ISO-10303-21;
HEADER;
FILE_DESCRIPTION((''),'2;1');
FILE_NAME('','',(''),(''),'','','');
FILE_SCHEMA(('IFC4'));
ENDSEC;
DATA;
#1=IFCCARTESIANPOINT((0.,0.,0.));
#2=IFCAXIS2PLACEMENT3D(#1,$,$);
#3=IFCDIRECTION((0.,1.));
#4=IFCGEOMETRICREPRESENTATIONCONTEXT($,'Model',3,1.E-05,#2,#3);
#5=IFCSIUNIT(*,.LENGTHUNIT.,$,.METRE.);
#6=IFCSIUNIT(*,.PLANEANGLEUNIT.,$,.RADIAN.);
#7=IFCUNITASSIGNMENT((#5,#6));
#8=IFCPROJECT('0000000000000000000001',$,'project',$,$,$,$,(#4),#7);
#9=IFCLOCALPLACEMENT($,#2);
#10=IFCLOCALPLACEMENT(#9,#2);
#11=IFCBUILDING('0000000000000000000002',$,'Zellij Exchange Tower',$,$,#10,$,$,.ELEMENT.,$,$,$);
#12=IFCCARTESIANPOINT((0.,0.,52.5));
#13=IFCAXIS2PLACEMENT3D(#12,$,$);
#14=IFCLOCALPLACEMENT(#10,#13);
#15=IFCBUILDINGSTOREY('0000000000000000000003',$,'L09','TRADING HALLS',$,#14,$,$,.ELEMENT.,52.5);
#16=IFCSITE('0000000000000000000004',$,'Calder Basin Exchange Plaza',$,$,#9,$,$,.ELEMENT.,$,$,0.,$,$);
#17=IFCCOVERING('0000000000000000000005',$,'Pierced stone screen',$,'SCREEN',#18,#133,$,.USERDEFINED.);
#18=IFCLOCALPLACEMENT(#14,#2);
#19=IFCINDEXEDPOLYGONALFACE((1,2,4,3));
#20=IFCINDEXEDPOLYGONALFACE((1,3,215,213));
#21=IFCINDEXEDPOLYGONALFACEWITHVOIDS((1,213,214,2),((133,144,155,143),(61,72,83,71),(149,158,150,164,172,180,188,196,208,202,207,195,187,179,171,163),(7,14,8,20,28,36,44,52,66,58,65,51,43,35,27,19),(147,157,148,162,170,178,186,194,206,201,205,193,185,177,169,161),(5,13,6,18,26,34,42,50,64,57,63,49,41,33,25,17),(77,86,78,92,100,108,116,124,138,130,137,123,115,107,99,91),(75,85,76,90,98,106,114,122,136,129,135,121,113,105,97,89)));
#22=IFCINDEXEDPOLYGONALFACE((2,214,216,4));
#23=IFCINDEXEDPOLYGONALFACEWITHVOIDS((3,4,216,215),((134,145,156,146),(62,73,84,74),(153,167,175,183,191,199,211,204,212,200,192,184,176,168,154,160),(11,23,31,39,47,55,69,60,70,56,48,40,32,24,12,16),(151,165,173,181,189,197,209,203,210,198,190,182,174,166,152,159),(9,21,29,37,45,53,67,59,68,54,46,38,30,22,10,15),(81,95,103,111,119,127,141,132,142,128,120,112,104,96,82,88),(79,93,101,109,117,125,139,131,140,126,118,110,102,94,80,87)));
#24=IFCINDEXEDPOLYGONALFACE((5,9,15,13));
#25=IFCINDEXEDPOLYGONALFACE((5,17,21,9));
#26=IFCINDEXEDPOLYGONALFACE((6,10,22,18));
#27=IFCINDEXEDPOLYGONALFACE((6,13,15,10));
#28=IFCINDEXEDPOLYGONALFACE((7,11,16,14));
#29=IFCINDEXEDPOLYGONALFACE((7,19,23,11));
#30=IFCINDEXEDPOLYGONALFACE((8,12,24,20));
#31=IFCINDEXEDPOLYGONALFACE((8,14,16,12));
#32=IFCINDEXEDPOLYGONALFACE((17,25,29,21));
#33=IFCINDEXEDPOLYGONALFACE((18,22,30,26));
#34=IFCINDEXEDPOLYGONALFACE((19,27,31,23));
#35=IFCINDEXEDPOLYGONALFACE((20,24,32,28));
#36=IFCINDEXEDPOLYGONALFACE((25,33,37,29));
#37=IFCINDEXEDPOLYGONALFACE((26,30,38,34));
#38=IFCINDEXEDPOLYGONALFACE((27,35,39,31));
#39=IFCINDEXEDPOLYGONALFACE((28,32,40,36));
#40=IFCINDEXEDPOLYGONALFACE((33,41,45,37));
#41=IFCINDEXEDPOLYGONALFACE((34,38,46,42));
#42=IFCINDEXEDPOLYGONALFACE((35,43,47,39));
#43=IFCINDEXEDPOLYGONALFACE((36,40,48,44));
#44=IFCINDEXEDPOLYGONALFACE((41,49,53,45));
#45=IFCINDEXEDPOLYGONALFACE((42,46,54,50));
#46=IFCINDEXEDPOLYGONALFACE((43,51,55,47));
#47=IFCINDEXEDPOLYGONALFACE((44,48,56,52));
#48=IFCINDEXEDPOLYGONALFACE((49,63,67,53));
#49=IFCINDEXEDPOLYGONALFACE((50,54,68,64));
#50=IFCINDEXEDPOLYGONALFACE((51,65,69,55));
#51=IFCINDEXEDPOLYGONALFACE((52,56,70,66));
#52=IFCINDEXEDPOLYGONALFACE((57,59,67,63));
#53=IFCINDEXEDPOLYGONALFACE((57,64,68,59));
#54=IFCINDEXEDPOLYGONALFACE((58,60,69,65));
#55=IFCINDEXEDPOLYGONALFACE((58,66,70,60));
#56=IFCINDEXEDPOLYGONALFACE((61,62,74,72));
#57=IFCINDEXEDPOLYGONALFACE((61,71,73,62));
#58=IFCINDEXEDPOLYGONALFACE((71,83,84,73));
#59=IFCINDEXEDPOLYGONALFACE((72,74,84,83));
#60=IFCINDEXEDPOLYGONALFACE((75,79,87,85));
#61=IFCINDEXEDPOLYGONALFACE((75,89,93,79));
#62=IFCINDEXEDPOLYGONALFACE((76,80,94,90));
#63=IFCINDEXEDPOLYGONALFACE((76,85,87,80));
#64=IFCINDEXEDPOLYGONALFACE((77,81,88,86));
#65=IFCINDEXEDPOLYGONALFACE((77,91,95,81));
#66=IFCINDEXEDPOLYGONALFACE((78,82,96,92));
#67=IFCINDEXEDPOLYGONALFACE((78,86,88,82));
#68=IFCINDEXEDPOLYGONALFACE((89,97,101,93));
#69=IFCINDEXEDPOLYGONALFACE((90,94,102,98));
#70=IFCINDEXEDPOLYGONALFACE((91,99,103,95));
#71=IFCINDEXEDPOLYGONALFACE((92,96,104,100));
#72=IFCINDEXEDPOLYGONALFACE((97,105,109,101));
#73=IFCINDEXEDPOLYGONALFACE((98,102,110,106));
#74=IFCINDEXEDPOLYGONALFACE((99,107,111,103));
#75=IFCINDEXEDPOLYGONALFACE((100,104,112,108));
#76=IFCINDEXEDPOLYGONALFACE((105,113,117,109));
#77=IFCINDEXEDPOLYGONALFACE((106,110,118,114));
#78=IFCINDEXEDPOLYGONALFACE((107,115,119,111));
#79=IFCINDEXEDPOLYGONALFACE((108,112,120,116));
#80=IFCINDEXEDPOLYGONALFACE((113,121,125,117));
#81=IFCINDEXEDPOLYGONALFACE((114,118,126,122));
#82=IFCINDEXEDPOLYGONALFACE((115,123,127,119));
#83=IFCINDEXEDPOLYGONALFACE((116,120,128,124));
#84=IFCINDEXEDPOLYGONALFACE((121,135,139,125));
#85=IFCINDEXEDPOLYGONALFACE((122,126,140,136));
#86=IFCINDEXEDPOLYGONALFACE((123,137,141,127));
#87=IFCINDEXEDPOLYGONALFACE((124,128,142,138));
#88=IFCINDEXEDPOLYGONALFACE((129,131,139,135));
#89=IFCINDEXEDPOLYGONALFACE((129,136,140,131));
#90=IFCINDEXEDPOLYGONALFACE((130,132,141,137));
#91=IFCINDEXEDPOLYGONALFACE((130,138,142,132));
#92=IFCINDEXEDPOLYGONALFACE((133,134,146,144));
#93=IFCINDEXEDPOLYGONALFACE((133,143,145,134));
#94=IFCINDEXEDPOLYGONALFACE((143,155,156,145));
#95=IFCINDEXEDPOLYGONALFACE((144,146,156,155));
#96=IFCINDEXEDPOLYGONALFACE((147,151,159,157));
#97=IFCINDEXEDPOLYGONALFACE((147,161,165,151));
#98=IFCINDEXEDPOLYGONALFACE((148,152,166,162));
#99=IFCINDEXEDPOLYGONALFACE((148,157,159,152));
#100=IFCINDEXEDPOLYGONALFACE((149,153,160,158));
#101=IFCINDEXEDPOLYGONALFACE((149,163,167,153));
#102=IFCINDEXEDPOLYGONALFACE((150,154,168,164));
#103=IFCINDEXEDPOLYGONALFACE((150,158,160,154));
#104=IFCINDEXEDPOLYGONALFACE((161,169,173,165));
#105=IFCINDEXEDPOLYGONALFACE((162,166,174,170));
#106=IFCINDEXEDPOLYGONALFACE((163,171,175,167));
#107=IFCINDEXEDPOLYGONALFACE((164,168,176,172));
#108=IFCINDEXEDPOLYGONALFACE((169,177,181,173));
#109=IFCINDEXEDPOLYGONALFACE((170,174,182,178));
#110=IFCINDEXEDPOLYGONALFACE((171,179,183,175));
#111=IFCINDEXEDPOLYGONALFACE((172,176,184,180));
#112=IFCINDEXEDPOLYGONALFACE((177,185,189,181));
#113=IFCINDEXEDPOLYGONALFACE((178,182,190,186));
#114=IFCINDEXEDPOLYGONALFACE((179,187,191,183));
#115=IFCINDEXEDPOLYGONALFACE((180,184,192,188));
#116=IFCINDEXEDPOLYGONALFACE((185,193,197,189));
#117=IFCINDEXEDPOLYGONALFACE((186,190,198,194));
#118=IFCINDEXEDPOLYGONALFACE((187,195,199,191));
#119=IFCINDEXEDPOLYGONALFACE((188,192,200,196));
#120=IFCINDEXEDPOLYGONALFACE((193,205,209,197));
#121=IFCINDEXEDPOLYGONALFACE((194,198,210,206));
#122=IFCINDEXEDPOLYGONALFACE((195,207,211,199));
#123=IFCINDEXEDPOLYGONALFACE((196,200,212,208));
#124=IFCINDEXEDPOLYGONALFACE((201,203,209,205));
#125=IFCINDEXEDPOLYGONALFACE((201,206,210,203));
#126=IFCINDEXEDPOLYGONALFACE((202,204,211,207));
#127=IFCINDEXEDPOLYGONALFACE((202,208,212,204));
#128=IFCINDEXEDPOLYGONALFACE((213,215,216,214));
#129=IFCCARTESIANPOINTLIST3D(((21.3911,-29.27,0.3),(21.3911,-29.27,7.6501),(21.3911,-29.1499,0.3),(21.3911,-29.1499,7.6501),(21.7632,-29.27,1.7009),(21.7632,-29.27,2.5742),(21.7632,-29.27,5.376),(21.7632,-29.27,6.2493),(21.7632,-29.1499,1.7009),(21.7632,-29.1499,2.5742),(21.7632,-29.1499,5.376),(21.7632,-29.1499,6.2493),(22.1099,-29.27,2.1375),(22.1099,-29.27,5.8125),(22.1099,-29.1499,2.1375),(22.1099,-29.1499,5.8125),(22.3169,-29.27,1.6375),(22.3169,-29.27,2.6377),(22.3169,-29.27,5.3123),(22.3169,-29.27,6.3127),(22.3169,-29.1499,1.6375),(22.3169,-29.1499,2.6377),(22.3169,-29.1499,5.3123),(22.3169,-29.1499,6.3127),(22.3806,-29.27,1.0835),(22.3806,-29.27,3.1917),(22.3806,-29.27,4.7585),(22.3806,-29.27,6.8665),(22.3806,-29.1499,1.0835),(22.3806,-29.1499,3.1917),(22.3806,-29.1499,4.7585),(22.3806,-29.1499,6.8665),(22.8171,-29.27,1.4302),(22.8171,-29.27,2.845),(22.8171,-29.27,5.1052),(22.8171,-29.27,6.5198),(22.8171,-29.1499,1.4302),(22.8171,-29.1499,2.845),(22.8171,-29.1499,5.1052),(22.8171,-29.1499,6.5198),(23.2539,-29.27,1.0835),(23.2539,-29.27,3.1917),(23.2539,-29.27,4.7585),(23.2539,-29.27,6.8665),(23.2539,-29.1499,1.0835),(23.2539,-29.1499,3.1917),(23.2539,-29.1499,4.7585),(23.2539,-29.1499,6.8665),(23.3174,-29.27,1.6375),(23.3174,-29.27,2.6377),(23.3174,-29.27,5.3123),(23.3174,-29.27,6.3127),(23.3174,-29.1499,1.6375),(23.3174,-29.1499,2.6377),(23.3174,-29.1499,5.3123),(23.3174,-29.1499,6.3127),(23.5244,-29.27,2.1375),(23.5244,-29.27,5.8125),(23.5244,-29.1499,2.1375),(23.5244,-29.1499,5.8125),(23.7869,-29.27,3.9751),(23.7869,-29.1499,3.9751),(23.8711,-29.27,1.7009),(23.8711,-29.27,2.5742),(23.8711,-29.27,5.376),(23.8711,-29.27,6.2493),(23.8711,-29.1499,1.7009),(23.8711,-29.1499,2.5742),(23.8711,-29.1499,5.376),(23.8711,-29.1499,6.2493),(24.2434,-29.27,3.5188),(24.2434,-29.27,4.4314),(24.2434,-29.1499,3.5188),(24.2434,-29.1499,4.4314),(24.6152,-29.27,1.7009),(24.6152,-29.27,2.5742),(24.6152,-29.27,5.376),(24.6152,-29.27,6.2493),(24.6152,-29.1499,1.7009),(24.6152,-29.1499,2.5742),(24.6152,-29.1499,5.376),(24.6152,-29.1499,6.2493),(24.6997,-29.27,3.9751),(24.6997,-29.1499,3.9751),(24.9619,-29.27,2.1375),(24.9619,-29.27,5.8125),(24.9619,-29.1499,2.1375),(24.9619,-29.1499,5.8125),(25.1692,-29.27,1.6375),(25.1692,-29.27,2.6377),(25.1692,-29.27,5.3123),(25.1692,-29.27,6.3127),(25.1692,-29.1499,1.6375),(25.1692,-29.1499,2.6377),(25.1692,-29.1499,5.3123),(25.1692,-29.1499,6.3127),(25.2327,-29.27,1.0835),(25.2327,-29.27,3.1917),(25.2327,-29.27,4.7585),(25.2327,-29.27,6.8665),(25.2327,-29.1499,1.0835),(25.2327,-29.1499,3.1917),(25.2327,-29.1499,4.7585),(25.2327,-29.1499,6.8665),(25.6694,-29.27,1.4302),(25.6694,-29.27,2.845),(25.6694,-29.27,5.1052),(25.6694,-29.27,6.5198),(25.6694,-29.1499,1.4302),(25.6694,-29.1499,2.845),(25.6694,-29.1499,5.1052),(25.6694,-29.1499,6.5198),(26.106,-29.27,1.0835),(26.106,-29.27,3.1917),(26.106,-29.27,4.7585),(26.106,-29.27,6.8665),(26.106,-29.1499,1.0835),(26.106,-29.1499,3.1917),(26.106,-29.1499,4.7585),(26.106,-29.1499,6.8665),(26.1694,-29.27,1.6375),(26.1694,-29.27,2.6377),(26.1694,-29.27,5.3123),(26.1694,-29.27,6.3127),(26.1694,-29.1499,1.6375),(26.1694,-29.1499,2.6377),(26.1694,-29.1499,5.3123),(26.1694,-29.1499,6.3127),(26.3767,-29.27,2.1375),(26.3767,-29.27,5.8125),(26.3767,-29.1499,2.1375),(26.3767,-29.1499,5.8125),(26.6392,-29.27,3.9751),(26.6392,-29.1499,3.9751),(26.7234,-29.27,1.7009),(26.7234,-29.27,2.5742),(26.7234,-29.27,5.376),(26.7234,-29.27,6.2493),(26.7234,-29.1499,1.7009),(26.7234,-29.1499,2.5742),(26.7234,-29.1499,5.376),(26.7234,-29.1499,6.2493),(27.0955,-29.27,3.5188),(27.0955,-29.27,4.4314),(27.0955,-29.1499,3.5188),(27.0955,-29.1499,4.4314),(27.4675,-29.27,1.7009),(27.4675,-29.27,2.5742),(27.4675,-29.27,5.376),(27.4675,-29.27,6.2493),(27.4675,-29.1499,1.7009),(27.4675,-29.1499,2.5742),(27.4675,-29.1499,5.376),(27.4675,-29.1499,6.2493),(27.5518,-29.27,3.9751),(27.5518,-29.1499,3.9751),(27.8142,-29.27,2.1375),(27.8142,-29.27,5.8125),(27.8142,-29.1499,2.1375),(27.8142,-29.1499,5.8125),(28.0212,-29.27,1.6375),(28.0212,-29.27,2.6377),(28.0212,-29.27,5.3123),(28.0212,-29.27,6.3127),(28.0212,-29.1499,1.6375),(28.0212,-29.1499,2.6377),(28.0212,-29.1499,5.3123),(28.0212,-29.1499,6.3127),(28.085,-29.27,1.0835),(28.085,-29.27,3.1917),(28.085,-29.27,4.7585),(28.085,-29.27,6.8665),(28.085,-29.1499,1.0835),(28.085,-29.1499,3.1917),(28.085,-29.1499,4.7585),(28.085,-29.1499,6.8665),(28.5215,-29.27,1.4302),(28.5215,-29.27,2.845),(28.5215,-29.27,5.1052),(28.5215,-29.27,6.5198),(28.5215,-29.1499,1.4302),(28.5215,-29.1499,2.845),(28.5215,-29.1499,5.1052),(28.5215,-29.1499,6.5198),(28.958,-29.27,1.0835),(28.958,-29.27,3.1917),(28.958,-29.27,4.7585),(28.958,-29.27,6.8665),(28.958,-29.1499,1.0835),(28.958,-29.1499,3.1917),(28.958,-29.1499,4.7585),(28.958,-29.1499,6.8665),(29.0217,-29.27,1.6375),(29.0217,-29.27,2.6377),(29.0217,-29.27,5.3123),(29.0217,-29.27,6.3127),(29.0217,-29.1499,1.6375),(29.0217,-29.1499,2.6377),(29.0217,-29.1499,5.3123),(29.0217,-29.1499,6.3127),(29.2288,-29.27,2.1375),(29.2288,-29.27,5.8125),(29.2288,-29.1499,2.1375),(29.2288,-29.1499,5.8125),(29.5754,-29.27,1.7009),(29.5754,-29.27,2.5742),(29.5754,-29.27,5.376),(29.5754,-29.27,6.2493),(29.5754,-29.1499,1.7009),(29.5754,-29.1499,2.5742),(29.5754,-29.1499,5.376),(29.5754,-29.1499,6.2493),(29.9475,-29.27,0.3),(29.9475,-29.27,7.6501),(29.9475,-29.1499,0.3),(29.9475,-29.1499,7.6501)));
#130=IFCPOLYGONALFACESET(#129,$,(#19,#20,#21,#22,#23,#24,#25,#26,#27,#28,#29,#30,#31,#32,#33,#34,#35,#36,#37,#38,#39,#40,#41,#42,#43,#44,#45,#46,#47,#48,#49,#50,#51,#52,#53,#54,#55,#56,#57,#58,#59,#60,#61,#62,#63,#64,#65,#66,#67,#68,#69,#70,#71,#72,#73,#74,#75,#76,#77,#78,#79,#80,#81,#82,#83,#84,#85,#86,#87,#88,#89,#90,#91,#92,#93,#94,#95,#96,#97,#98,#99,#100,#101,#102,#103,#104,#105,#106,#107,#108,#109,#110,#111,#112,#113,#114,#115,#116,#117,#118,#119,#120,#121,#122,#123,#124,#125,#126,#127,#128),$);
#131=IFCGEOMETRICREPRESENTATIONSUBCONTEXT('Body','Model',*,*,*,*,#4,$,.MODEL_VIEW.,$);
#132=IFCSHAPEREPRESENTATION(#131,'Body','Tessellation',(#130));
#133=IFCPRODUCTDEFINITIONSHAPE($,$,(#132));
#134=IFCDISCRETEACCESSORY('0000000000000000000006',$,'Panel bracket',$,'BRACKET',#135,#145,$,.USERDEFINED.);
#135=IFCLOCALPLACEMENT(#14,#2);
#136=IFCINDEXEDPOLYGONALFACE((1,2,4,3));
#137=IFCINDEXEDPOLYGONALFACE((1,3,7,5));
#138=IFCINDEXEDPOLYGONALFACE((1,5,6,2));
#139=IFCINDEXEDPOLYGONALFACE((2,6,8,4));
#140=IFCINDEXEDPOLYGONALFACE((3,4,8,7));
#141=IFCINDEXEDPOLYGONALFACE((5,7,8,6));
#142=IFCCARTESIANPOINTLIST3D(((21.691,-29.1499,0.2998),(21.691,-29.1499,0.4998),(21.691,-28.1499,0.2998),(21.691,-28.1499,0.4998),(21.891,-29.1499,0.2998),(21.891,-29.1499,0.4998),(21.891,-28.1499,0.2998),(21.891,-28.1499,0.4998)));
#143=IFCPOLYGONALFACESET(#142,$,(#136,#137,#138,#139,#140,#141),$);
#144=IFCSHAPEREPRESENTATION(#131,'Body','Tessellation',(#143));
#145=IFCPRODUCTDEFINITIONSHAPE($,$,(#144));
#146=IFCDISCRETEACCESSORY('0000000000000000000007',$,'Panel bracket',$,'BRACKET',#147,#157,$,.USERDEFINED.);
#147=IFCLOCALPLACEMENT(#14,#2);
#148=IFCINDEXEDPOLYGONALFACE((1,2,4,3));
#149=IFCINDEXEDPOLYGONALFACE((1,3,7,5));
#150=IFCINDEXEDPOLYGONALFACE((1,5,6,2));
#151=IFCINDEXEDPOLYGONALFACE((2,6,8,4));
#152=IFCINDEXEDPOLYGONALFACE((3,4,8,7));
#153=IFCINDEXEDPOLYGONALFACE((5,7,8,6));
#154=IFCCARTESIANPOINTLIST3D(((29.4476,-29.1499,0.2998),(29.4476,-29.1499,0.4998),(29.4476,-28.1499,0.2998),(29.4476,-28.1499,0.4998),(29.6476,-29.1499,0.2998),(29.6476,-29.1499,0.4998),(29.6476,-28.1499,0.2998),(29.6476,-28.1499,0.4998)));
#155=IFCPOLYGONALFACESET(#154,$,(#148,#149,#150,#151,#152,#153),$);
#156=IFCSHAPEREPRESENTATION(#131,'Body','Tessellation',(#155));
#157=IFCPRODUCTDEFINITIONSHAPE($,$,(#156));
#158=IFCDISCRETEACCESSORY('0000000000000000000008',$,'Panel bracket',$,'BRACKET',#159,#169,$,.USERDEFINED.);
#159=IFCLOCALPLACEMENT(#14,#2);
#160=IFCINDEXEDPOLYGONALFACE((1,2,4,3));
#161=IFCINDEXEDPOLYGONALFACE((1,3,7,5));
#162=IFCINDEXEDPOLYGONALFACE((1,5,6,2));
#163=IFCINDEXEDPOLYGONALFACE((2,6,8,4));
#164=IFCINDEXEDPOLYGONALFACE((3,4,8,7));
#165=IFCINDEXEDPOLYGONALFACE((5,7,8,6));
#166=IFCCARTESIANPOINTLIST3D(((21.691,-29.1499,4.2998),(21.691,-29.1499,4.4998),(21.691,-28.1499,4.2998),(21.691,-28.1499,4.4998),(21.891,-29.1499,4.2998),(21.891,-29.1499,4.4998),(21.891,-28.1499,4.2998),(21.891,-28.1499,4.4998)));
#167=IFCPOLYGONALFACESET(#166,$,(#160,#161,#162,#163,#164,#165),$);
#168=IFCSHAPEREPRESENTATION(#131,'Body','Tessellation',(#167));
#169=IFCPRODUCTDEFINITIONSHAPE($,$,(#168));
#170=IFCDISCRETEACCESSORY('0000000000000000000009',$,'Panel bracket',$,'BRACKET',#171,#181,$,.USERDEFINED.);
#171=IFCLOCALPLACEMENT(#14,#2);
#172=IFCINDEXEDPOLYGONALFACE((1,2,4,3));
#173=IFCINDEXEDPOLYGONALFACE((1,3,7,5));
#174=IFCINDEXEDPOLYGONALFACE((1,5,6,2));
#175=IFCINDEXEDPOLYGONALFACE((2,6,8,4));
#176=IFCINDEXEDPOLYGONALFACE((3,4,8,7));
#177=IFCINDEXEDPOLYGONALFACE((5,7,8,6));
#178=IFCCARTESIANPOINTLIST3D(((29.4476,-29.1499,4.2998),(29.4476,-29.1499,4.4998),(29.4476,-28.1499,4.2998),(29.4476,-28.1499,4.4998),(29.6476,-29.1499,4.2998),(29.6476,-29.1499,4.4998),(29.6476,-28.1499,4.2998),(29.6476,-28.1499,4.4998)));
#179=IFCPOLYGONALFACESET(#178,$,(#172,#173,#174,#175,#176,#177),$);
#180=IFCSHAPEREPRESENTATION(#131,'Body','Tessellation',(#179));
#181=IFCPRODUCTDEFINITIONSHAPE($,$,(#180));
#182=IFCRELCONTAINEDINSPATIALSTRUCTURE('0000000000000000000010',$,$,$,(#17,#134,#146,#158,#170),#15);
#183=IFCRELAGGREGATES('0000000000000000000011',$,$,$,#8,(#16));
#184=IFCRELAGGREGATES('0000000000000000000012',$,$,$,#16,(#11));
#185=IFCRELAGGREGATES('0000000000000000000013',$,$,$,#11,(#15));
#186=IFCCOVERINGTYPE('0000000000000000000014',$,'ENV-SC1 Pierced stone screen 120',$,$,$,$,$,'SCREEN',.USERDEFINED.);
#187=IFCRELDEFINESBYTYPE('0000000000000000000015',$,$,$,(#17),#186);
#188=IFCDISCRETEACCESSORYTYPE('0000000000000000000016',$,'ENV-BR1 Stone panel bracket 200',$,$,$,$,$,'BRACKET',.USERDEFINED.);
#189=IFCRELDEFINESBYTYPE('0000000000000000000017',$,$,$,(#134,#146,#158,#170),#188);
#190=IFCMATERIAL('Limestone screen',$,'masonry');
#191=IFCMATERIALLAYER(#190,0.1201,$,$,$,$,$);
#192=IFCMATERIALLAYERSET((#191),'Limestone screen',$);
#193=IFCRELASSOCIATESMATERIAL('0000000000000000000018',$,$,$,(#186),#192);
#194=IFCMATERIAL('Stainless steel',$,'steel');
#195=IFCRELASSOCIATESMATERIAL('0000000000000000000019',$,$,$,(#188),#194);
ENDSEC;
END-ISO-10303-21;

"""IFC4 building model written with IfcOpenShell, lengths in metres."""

from ifc_helpers import new_model, si_unit, direction, frame, origin, origin_2d, place, context, subcontext, project, spatial, polyline, rectangle, outline, extrude, material, layer, layer_set, type_object, element, save


model = new_model("IFC4")

# Units and contexts
model_context = context("Model", 3, precision=1e-05, world=origin(), true_north=direction((0.0, 1.0)))
body_context = subcontext(model_context, "Body", "Model", "MODEL_VIEW")
ifc_project = project(units=[si_unit("LENGTHUNIT", "METRE"), si_unit("PLANEANGLEUNIT", "RADIAN")], contexts=[model_context])

# Site, building, storey
site_placement = place(None, origin())
site = spatial("IfcSite", under=ifc_project, at=site_placement, Name="Calder Basin Exchange Plaza", CompositionType="ELEMENT", RefElevation=0.0)
building_placement = place(site_placement, origin())
building = spatial("IfcBuilding", under=site, at=building_placement, Name="Zellij Exchange Tower", CompositionType="ELEMENT")
storey_placement = place(building_placement, frame((0.0, 0.0, 52.5)))
storey = spatial("IfcBuildingStorey", under=building, at=storey_placement, Name="L09", Description="TRADING HALLS", CompositionType="ELEMENT", Elevation=52.5)

# Covering
ifc_material_1 = material(Name="Limestone screen", Category="masonry")
ifc_layer_1 = layer(ifc_material_1, 0.1201)
ifc_layer_set_1 = layer_set([ifc_layer_1], Name="Limestone screen")
covering_type = type_object("IfcCoveringType", Name="ENV-SC1 Pierced stone screen 120", ElementType="SCREEN", PredefinedType="USERDEFINED", material=ifc_layer_set_1)
covering_placement = place(storey_placement, frame((21.3911, -29.21, 0.3), z_axis=(0.0, 0.0, 1.0), x_axis=(1.0, 0.0, 0.0)))
element("IfcCovering", 1, at=covering_placement, inside=storey, type_object=covering_type, Name="Pierced stone screen", ObjectType="SCREEN", PredefinedType="USERDEFINED", context=body_context, shape_type="SweptSolid", body=[
    extrude(outline(polyline([(0.0, 0.0), (8.5564, 0.0), (8.5564, 7.3501), (0.0, 7.3501), (0.0, 0.0)]), holes=[polyline([(2.48, 2.2742), (1.9263, 2.3376), (1.8628, 2.8916), (1.426, 2.5449), (0.9895, 2.8916), (0.9258, 2.3376), (0.3721, 2.2742), (0.7188, 1.8374), (0.3721, 1.4009), (0.9258, 1.3374), (0.9895, 0.7834), (1.426, 1.1301), (1.8628, 0.7834), (1.9263, 1.3374), (2.48, 1.4009), (2.1333, 1.8374), (2.48, 2.2742)]), polyline([(2.48, 5.9492), (1.9263, 6.0127), (1.8628, 6.5664), (1.426, 6.2197), (0.9895, 6.5664), (0.9258, 6.0127), (0.3721, 5.9492), (0.7188, 5.5125), (0.3721, 5.0759), (0.9258, 5.0122), (0.9895, 4.4585), (1.426, 4.8052), (1.8628, 4.4585), (1.9263, 5.0122), (2.48, 5.0759), (2.1333, 5.5125), (2.48, 5.9492)]), polyline([(5.3323, 2.2742), (4.7783, 2.3376), (4.7148, 2.8916), (4.2783, 2.5449), (3.8416, 2.8916), (3.7781, 2.3376), (3.2241, 2.2742), (3.5708, 1.8374), (3.2241, 1.4009), (3.7781, 1.3374), (3.8416, 0.7834), (4.2783, 1.1301), (4.7148, 0.7834), (4.7783, 1.3374), (5.3323, 1.4009), (4.9856, 1.8374), (5.3323, 2.2742)]), polyline([(5.3323, 5.9492), (4.7783, 6.0127), (4.7148, 6.5664), (4.2783, 6.2197), (3.8416, 6.5664), (3.7781, 6.0127), (3.2241, 5.9492), (3.5708, 5.5125), (3.2241, 5.0759), (3.7781, 5.0122), (3.8416, 4.4585), (4.2783, 4.8052), (4.7148, 4.4585), (4.7783, 5.0122), (5.3323, 5.0759), (4.9856, 5.5125), (5.3323, 5.9492)]), polyline([(8.1843, 2.2742), (7.6306, 2.3376), (7.5669, 2.8916), (7.1304, 2.5449), (6.6938, 2.8916), (6.6301, 2.3376), (6.0764, 2.2742), (6.4231, 1.8374), (6.0764, 1.4009), (6.6301, 1.3374), (6.6938, 0.7834), (7.1304, 1.1301), (7.5669, 0.7834), (7.6306, 1.3374), (8.1843, 1.4009), (7.8376, 1.8374), (8.1843, 2.2742)]), polyline([(8.1843, 5.9492), (7.6306, 6.0127), (7.5669, 6.5664), (7.1304, 6.2197), (6.6938, 6.5664), (6.6301, 6.0127), (6.0764, 5.9492), (6.4231, 5.5125), (6.0764, 5.0759), (6.6301, 5.0122), (6.6938, 4.4585), (7.1304, 4.8052), (7.5669, 4.4585), (7.6306, 5.0122), (8.1843, 5.0759), (7.8376, 5.5125), (8.1843, 5.9492)]), polyline([(3.3086, 3.675), (2.8523, 4.1313), (2.3958, 3.675), (2.8523, 3.2188), (3.3086, 3.675)]), polyline([(6.1606, 3.675), (5.7043, 4.1313), (5.248, 3.675), (5.7043, 3.2188), (6.1606, 3.675)])]), frame((0.0, 0.0601, 0.0), z_axis=(0.0, -1.0, 0.0), x_axis=(1.0, 0.0, 0.0)), (0.0, 0.0, 1.0), 0.1201),
])

# Discrete accessories
ifc_material_2 = material(Name="Stainless steel", Category="steel")
discrete_accessory_type = type_object("IfcDiscreteAccessoryType", Name="ENV-BR1 Stone panel bracket 200", ElementType="BRACKET", PredefinedType="USERDEFINED", material=ifc_material_2)
for number, where, z_axis, x_axis, name in (
    (2, (21.791, -28.6499, 0.2998), (0.0, 0.0, 1.0), (1.0, 0.0, 0.0), "Panel bracket"),
    (3, (29.5476, -28.6499, 0.2998), (0.0, 0.0, 1.0), (1.0, 0.0, 0.0), "Panel bracket"),
    (4, (21.791, -28.6499, 4.2998), (0.0, 0.0, 1.0), (1.0, 0.0, 0.0), "Panel bracket"),
    (5, (29.5476, -28.6499, 4.2998), (0.0, 0.0, 1.0), (1.0, 0.0, 0.0), "Panel bracket"),
):
    element("IfcDiscreteAccessory", number, at=place(storey_placement, frame(where, z_axis=z_axis, x_axis=x_axis)), inside=storey, type_object=discrete_accessory_type, Name=name, ObjectType="BRACKET", PredefinedType="USERDEFINED", context=body_context, shape_type="SweptSolid", body=[
        extrude(rectangle(XDim=0.2, YDim=1.0, at=origin_2d()), origin(), (0.0, 0.0, 1.0), 0.2),
    ])

save(model, "model.ifc")
